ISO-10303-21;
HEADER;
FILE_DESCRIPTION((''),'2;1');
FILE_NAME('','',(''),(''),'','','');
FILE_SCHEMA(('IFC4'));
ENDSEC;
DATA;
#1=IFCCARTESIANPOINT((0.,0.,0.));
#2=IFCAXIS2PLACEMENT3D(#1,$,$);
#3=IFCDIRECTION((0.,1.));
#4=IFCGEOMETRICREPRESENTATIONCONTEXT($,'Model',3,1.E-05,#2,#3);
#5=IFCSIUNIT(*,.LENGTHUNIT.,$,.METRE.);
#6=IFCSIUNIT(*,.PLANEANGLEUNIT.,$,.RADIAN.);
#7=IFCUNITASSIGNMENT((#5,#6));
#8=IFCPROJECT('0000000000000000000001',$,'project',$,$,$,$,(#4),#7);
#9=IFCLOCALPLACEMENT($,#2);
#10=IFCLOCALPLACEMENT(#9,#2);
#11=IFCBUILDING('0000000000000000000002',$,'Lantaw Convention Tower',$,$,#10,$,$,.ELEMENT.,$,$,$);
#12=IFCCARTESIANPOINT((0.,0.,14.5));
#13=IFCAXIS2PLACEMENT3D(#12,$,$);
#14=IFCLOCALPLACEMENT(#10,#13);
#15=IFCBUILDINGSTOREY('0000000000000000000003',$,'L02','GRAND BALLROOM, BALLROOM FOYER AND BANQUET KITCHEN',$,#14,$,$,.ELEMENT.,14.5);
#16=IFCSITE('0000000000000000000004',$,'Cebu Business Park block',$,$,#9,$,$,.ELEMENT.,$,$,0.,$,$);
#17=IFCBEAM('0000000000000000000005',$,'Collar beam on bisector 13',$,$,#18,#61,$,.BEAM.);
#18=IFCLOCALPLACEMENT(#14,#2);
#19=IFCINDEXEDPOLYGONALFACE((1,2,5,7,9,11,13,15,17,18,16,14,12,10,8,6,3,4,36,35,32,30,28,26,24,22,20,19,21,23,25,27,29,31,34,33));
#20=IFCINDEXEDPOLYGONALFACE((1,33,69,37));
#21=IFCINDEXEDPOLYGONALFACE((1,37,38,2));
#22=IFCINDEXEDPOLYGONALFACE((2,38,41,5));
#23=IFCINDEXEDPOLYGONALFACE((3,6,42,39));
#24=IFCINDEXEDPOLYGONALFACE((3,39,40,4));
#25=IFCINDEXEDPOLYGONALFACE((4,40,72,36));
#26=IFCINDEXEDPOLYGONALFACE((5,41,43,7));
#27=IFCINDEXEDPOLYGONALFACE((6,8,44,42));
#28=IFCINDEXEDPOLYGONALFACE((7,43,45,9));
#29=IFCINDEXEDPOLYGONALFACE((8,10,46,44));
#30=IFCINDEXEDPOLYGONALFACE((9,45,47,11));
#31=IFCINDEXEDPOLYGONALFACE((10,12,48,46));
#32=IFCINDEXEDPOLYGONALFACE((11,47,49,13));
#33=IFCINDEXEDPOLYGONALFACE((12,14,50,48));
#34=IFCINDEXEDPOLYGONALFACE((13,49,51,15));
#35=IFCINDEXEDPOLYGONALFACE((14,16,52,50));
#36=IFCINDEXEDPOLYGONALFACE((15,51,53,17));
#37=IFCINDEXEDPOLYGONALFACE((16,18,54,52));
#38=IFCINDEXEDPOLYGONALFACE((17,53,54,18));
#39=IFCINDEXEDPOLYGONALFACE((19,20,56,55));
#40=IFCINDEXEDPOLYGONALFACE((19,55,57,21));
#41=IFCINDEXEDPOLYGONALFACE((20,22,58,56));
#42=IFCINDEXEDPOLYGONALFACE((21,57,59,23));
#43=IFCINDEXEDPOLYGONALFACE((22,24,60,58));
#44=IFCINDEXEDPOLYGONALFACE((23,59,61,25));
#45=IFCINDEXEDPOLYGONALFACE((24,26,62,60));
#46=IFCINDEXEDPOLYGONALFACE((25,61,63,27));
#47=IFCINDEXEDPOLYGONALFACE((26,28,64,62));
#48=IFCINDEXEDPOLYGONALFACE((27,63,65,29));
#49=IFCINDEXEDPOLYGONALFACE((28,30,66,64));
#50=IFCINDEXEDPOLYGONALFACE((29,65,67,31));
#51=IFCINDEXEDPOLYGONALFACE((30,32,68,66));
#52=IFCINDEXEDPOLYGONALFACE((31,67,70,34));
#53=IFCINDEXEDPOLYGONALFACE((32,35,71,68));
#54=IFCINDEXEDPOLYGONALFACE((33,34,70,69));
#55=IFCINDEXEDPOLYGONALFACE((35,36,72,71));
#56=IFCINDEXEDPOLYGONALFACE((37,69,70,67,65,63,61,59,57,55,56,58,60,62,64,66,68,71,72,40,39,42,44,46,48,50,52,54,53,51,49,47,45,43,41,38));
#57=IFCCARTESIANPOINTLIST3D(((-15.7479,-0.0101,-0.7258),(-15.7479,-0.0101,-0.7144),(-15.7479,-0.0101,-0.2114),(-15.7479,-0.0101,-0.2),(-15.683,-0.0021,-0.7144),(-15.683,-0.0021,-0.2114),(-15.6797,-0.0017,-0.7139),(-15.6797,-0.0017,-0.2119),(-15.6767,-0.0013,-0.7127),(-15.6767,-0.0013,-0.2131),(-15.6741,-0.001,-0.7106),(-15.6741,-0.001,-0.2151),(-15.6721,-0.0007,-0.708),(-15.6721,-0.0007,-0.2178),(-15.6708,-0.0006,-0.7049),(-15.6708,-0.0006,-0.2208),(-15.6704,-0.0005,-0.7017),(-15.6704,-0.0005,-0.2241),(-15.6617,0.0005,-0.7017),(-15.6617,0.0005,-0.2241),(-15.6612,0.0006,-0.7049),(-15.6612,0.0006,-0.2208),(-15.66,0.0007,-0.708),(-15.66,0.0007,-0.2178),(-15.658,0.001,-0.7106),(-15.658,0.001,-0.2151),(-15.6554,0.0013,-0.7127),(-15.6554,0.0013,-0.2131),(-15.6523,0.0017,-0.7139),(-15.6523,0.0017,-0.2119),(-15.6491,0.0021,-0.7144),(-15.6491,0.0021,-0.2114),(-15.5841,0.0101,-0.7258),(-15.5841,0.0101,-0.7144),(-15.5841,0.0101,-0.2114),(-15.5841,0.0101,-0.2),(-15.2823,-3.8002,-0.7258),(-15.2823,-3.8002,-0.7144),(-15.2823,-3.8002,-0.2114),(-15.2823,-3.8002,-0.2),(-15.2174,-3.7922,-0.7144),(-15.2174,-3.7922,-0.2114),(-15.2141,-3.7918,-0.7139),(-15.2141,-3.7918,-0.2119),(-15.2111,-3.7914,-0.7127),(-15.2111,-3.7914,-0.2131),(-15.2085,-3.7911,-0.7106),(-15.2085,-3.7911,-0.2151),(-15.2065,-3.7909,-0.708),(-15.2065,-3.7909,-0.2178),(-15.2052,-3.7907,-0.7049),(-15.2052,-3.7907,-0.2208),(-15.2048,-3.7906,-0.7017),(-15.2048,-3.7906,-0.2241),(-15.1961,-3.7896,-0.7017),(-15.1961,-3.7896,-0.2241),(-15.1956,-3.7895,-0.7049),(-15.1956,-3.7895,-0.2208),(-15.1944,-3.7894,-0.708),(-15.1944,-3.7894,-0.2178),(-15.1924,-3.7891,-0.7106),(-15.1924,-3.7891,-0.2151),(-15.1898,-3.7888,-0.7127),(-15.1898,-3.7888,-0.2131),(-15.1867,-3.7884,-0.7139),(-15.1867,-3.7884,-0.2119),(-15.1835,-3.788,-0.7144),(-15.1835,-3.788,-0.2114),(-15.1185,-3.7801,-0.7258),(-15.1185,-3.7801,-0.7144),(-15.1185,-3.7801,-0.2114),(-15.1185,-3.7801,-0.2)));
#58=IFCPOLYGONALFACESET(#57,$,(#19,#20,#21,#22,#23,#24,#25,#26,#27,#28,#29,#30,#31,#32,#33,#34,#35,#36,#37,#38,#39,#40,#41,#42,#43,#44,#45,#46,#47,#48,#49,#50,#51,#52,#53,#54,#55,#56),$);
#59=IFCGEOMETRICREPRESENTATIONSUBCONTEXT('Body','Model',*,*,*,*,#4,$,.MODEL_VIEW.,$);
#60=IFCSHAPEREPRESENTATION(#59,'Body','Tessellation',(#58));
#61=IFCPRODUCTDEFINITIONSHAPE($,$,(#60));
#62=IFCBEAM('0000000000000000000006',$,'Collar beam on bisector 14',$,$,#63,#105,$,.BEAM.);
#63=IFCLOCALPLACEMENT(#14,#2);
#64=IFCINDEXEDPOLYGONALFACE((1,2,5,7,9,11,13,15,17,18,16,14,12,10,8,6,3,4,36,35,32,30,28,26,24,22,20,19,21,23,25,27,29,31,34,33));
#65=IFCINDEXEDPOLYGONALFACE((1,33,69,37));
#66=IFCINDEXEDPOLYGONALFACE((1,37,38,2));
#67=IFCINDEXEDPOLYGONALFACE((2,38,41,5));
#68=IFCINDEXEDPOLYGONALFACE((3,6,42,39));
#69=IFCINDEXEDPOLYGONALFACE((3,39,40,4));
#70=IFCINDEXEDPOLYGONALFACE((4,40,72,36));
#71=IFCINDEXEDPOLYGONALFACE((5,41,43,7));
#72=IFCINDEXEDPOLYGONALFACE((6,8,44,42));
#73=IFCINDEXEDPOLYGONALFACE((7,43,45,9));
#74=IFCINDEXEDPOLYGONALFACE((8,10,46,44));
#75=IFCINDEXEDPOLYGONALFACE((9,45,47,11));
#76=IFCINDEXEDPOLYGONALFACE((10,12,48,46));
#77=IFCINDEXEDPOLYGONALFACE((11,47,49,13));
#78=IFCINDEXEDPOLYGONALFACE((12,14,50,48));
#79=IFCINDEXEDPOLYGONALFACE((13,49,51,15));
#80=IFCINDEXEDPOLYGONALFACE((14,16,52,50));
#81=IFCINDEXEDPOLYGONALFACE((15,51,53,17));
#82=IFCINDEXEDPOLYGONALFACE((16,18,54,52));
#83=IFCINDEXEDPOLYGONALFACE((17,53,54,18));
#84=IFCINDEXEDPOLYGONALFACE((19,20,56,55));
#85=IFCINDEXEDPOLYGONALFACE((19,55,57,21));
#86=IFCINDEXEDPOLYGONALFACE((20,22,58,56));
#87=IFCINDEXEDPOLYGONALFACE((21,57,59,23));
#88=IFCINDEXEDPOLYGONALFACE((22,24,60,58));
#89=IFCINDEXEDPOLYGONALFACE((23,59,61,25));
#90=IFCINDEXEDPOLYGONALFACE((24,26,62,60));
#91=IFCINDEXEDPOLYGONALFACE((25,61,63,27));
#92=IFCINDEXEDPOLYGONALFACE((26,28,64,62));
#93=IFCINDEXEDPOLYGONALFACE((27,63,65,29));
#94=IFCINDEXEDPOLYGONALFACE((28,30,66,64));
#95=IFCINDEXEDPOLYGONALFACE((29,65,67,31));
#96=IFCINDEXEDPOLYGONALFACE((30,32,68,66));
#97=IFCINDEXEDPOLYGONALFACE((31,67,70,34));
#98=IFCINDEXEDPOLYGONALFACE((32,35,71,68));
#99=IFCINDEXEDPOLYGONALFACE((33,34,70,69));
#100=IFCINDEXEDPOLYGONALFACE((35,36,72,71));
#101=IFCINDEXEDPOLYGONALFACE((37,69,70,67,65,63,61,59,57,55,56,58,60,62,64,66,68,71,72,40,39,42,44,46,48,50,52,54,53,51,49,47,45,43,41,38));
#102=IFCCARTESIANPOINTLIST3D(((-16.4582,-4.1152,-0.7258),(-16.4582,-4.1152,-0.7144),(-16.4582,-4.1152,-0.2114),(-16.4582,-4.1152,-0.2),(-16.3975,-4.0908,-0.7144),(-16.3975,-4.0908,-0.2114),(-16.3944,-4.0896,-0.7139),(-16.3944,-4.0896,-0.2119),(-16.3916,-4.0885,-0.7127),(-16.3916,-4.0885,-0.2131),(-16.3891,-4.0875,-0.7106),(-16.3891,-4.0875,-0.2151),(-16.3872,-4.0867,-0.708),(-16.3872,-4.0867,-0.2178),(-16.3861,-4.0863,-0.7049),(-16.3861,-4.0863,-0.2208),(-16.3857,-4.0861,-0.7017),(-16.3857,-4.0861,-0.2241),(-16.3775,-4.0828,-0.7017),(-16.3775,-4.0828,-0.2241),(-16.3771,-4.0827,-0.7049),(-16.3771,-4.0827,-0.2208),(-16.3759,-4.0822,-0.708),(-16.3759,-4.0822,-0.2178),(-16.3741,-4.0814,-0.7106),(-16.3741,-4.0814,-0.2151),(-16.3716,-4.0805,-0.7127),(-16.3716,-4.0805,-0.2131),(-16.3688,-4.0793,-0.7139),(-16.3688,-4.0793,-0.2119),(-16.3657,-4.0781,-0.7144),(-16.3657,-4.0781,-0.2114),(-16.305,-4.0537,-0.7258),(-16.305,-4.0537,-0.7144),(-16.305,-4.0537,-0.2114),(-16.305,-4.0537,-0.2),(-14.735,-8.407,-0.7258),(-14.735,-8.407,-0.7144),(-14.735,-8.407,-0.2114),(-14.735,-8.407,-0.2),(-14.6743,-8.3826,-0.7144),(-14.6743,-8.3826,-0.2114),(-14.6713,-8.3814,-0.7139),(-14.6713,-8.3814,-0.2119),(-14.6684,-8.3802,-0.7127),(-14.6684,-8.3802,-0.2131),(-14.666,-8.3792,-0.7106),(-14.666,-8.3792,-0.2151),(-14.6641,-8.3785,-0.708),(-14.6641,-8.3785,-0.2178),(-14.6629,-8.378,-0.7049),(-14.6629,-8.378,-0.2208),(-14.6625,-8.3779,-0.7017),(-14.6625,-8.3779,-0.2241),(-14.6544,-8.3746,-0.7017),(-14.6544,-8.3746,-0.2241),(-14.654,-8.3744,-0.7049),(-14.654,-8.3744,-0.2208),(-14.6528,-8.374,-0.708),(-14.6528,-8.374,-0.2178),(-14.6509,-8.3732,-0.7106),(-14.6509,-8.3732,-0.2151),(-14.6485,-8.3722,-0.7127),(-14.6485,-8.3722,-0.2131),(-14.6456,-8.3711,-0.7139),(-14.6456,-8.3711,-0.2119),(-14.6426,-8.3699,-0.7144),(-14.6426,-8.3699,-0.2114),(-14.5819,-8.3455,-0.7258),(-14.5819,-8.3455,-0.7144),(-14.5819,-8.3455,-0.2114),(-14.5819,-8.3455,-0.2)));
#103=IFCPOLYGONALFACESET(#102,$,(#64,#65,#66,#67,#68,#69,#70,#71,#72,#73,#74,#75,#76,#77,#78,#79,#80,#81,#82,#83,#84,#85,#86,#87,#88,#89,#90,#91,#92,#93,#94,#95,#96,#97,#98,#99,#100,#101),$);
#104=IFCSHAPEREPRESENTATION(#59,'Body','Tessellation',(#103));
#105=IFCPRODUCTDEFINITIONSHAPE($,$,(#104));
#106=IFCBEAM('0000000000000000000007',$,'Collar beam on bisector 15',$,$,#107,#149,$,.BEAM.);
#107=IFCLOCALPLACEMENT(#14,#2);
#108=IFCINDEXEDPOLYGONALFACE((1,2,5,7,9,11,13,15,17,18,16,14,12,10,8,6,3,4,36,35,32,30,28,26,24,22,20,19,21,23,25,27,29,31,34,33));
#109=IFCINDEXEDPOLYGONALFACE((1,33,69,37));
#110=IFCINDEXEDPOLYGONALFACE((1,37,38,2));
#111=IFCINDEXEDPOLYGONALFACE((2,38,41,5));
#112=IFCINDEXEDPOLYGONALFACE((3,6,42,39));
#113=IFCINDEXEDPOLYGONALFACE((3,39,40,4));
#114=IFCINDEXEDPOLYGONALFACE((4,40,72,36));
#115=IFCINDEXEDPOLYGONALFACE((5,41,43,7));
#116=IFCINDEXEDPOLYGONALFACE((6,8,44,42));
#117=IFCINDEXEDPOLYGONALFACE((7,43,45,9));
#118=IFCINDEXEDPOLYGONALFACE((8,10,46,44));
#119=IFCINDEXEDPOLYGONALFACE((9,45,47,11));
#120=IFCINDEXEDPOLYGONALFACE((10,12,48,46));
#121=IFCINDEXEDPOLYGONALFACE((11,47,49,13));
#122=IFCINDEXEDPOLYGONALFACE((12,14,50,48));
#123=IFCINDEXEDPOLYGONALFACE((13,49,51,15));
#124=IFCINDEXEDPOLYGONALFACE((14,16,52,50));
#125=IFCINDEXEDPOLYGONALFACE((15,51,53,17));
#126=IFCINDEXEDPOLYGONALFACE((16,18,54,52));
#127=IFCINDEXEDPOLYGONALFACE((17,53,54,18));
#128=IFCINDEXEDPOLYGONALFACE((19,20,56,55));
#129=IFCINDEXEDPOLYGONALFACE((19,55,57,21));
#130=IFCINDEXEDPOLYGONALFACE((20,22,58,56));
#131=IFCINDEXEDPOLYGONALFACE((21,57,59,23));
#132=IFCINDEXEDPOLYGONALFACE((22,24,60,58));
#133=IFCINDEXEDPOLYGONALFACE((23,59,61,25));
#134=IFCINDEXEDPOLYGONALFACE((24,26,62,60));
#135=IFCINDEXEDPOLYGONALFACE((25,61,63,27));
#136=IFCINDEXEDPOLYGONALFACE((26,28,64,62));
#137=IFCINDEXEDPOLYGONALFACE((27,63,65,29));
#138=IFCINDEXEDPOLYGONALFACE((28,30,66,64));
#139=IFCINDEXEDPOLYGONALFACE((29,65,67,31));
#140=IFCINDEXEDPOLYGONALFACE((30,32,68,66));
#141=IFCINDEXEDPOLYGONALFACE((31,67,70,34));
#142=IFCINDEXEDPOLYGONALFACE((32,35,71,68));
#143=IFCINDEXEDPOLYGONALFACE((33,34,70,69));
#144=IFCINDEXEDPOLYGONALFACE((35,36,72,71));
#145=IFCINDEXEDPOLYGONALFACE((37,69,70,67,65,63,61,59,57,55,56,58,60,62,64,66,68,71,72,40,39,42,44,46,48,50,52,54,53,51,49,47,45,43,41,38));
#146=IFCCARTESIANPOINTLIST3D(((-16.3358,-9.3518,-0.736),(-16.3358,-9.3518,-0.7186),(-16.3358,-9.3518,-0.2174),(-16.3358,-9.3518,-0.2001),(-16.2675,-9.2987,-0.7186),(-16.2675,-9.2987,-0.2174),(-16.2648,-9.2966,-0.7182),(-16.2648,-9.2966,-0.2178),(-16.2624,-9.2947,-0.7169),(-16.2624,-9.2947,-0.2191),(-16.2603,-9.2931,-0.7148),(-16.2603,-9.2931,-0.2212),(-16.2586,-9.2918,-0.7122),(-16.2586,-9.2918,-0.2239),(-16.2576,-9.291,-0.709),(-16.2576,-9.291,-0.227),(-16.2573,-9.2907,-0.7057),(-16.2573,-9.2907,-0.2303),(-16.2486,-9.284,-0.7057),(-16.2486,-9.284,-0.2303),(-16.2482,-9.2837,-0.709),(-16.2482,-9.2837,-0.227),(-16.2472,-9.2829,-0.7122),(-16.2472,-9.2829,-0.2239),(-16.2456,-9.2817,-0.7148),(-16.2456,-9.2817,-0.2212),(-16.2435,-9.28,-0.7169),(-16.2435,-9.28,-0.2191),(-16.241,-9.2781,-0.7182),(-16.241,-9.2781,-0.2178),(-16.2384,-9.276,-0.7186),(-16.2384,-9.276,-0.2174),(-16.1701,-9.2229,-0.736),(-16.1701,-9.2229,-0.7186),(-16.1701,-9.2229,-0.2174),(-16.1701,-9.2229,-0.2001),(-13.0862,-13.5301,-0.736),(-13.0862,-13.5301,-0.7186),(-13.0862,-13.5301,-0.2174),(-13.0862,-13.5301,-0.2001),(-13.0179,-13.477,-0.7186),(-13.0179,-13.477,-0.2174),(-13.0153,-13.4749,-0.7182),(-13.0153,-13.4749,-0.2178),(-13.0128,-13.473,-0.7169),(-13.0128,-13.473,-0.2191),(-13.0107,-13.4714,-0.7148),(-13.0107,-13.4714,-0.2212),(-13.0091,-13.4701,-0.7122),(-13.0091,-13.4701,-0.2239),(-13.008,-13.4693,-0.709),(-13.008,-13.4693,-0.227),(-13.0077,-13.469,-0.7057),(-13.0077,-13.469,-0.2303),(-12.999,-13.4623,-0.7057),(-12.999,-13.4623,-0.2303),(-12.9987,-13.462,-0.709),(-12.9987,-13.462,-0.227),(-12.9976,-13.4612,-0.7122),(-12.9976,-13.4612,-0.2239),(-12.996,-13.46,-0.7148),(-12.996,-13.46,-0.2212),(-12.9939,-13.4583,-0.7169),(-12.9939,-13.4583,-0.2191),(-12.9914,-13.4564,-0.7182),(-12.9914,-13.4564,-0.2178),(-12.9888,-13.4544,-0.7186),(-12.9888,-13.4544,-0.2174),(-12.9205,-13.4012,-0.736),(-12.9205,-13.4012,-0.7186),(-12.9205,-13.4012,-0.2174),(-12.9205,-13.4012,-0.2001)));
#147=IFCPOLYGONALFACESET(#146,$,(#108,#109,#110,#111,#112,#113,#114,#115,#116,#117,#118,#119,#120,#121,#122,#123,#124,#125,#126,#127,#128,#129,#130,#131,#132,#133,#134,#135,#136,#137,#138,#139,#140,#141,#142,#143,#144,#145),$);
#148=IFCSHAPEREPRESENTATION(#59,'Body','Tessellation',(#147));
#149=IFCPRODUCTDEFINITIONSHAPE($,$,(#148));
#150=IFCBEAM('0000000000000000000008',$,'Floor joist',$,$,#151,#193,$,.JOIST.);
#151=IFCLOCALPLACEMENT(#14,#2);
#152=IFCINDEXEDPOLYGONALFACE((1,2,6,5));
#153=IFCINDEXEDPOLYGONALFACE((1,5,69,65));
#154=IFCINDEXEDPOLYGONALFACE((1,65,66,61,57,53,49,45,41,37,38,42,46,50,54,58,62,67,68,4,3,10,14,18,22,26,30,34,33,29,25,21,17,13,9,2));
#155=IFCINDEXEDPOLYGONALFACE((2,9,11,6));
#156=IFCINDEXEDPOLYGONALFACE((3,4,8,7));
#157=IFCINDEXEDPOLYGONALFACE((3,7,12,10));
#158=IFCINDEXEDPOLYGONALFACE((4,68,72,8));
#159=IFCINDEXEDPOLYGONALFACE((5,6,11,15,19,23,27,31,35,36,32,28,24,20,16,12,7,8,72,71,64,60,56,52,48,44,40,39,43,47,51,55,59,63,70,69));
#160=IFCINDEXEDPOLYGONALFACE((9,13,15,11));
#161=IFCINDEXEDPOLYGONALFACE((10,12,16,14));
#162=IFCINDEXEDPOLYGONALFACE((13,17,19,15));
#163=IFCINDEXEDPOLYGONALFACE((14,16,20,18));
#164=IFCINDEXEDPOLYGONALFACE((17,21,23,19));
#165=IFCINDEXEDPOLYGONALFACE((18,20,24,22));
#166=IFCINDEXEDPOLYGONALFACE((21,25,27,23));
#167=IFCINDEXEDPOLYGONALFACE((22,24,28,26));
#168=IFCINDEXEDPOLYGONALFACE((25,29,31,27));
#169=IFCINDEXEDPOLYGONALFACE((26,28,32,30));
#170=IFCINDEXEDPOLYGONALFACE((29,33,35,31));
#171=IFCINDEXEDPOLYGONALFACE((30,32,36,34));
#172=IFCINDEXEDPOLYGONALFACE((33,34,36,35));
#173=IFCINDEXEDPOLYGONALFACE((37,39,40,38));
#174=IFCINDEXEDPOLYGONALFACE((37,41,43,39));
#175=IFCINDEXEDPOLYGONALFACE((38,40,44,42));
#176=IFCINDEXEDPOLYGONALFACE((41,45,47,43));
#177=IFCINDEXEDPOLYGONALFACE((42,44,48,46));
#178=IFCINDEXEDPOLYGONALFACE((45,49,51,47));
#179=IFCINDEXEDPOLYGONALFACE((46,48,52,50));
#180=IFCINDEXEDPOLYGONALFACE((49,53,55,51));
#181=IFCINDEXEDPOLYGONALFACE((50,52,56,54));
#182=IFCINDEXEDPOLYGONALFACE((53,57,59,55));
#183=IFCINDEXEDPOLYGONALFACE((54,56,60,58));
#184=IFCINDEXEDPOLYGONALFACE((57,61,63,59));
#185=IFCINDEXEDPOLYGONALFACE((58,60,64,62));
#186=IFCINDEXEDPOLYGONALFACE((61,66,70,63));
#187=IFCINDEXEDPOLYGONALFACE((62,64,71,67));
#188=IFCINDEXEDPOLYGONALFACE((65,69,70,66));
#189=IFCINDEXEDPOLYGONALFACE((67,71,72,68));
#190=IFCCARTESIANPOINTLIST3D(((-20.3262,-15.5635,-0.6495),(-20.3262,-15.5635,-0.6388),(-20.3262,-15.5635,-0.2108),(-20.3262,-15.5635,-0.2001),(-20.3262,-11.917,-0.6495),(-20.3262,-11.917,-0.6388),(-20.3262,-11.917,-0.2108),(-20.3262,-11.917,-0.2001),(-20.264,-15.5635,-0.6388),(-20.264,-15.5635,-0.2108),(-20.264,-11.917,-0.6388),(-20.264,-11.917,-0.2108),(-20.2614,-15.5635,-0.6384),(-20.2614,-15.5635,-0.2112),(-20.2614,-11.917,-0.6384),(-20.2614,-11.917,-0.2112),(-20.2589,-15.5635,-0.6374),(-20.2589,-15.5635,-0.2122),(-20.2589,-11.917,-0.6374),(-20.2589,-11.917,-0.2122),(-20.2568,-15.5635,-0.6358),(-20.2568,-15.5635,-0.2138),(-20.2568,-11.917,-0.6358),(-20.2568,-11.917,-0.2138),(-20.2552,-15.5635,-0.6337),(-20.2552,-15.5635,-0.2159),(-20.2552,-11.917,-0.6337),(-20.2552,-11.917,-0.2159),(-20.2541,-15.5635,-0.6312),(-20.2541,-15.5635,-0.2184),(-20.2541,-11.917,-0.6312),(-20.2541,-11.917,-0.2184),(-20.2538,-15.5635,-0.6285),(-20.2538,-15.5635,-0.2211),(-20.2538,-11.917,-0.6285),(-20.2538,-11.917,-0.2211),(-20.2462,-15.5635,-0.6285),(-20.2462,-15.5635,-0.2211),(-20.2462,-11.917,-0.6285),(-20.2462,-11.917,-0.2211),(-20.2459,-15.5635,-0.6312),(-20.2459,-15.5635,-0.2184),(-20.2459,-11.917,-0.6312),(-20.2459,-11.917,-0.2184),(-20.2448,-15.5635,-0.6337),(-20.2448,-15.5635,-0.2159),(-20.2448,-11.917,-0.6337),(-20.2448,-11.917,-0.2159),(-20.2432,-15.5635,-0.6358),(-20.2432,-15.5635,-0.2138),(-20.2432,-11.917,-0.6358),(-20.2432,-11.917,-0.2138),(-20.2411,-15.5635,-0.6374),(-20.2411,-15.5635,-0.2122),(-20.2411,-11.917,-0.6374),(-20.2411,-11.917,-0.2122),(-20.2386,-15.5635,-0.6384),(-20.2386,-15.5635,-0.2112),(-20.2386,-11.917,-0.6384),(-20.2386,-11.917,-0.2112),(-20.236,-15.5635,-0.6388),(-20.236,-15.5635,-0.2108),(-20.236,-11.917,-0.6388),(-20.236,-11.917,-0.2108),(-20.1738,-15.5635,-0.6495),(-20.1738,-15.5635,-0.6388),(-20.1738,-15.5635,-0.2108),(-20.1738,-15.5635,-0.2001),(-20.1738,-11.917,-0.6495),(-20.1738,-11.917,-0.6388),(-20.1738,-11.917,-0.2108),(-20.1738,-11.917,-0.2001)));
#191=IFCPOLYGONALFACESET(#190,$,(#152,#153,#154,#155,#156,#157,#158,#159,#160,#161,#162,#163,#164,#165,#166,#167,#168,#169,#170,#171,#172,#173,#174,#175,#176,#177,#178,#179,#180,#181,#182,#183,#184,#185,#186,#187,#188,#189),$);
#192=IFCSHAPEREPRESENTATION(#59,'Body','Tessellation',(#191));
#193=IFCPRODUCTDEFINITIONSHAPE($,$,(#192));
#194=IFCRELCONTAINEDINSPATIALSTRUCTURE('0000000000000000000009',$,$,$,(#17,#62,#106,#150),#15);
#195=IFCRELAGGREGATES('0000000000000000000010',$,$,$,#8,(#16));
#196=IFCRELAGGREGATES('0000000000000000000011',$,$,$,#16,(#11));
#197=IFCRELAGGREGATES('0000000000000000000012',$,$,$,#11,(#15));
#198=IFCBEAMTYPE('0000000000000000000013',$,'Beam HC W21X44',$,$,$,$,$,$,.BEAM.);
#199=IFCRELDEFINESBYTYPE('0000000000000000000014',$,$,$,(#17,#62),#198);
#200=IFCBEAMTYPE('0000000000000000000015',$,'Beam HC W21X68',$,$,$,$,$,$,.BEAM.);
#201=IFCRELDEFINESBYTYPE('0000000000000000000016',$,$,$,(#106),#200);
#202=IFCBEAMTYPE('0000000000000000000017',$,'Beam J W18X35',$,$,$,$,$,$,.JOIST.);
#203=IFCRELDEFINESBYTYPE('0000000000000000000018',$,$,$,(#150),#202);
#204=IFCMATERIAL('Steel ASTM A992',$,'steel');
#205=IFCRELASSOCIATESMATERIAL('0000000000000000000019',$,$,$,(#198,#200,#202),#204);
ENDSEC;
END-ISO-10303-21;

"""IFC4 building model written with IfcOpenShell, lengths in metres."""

from ifc_helpers import new_model, si_unit, direction, frame, origin, origin_2d, place, context, subcontext, project, spatial, i_section, extrude, material, material_profile, profile_set, type_object, element, save


model = new_model("IFC4")

# Units and contexts
model_context = context("Model", 3, precision=1e-05, world=origin(), true_north=direction((0.0, 1.0)))
body_context = subcontext(model_context, "Body", "Model", "MODEL_VIEW")
ifc_project = project(units=[si_unit("LENGTHUNIT", "METRE"), si_unit("PLANEANGLEUNIT", "RADIAN")], contexts=[model_context])

# Site, building, storey
site_placement = place(None, origin())
site = spatial("IfcSite", under=ifc_project, at=site_placement, Name="Cebu Business Park block", CompositionType="ELEMENT", RefElevation=0.0)
building_placement = place(site_placement, origin())
building = spatial("IfcBuilding", under=site, at=building_placement, Name="Lantaw Convention Tower", CompositionType="ELEMENT")
storey_placement = place(building_placement, frame((0.0, 0.0, 14.5)))
storey = spatial("IfcBuildingStorey", under=building, at=storey_placement, Name="L02", Description="GRAND BALLROOM, BALLROOM FOYER AND BANQUET KITCHEN", CompositionType="ELEMENT", Elevation=14.5)

# Beams
ifc_material_1 = material(Name="Steel ASTM A992", Category="steel")
ifc_material_profile_1 = material_profile(ifc_material_1, i_section(OverallWidth=0.165, OverallDepth=0.5259, WebThickness=0.0088, FlangeThickness=0.0115, FilletRadius=0.0127, at=origin_2d()), Name="W21X44")
ifc_profile_set_1 = profile_set([ifc_material_profile_1], Name="Steel ASTM A992")
beam_type_1 = type_object("IfcBeamType", Name="Beam HC W21X44", PredefinedType="BEAM", material=ifc_profile_set_1)
beam_1_placement = place(storey_placement, frame((-15.666, 0.0, -0.4629), z_axis=(0.121926, -0.992539, 0.0), x_axis=(0.992539, 0.121926, 0.0)))
element("IfcBeam", 1, at=beam_1_placement, inside=storey, type_object=beam_type_1, Name="Collar beam on bisector 13", PredefinedType="BEAM", context=body_context, shape_type="SweptSolid", body=[
    extrude(i_section(OverallWidth=0.165, OverallDepth=0.5259, WebThickness=0.0088, FlangeThickness=0.0115, FilletRadius=0.0127, at=origin_2d()), origin(), (0.0, 0.0, 1.0), 3.8186),
])
beam_2_placement = place(storey_placement, frame((-16.3816, -4.0845, -0.4629), z_axis=(0.372592, -0.927995, 0.0), x_axis=(0.927995, 0.372592, 0.0)))
element("IfcBeam", 2, at=beam_2_placement, inside=storey, type_object=beam_type_1, Name="Collar beam on bisector 14", PredefinedType="BEAM", context=body_context, shape_type="SweptSolid", body=[
    extrude(i_section(OverallWidth=0.165, OverallDepth=0.5259, WebThickness=0.0088, FlangeThickness=0.0115, FilletRadius=0.0127, at=origin_2d()), origin(), (0.0, 0.0, 1.0), 4.6248),
])
ifc_material_profile_2 = material_profile(ifc_material_1, i_section(OverallWidth=0.21, OverallDepth=0.5359, WebThickness=0.011, FlangeThickness=0.0173, FilletRadius=0.0129, at=origin_2d()), Name="W21X68")
ifc_profile_set_2 = profile_set([ifc_material_profile_2], Name="Steel ASTM A992")
beam_type_2 = type_object("IfcBeamType", Name="Beam HC W21X68", PredefinedType="BEAM", material=ifc_profile_set_2)
beam_3_placement = place(storey_placement, frame((-16.2529, -9.2874, -0.468), z_axis=(0.613915, -0.789372, 0.0), x_axis=(0.789372, 0.613915, 0.0)))
element("IfcBeam", 3, at=beam_3_placement, inside=storey, type_object=beam_type_2, Name="Collar beam on bisector 15", PredefinedType="BEAM", context=body_context, shape_type="SweptSolid", body=[
    extrude(i_section(OverallWidth=0.21, OverallDepth=0.5359, WebThickness=0.011, FlangeThickness=0.0173, FilletRadius=0.0129, at=origin_2d()), origin(), (0.0, 0.0, 1.0), 5.2932),
])
ifc_material_profile_3 = material_profile(ifc_material_1, i_section(OverallWidth=0.1523, OverallDepth=0.4495, WebThickness=0.0076, FlangeThickness=0.0107, FilletRadius=0.0103, at=origin_2d()), Name="W18X35")
ifc_profile_set_3 = profile_set([ifc_material_profile_3], Name="Steel ASTM A992")
beam_type_3 = type_object("IfcBeamType", Name="Beam J W18X35", PredefinedType="JOIST", material=ifc_profile_set_3)
beam_4_placement = place(storey_placement, frame((-20.25, -15.5635, -0.4248), z_axis=(0.0, 1.0, 0.0), x_axis=(-1.0, 0.0, 0.0)))
element("IfcBeam", 4, at=beam_4_placement, inside=storey, type_object=beam_type_3, Name="Floor joist", PredefinedType="JOIST", context=body_context, shape_type="SweptSolid", body=[
    extrude(i_section(OverallWidth=0.1523, OverallDepth=0.4495, WebThickness=0.0076, FlangeThickness=0.0107, FilletRadius=0.0103, at=origin_2d()), origin(), (0.0, 0.0, 1.0), 3.6465),
])

save(model, "model.ifc")
